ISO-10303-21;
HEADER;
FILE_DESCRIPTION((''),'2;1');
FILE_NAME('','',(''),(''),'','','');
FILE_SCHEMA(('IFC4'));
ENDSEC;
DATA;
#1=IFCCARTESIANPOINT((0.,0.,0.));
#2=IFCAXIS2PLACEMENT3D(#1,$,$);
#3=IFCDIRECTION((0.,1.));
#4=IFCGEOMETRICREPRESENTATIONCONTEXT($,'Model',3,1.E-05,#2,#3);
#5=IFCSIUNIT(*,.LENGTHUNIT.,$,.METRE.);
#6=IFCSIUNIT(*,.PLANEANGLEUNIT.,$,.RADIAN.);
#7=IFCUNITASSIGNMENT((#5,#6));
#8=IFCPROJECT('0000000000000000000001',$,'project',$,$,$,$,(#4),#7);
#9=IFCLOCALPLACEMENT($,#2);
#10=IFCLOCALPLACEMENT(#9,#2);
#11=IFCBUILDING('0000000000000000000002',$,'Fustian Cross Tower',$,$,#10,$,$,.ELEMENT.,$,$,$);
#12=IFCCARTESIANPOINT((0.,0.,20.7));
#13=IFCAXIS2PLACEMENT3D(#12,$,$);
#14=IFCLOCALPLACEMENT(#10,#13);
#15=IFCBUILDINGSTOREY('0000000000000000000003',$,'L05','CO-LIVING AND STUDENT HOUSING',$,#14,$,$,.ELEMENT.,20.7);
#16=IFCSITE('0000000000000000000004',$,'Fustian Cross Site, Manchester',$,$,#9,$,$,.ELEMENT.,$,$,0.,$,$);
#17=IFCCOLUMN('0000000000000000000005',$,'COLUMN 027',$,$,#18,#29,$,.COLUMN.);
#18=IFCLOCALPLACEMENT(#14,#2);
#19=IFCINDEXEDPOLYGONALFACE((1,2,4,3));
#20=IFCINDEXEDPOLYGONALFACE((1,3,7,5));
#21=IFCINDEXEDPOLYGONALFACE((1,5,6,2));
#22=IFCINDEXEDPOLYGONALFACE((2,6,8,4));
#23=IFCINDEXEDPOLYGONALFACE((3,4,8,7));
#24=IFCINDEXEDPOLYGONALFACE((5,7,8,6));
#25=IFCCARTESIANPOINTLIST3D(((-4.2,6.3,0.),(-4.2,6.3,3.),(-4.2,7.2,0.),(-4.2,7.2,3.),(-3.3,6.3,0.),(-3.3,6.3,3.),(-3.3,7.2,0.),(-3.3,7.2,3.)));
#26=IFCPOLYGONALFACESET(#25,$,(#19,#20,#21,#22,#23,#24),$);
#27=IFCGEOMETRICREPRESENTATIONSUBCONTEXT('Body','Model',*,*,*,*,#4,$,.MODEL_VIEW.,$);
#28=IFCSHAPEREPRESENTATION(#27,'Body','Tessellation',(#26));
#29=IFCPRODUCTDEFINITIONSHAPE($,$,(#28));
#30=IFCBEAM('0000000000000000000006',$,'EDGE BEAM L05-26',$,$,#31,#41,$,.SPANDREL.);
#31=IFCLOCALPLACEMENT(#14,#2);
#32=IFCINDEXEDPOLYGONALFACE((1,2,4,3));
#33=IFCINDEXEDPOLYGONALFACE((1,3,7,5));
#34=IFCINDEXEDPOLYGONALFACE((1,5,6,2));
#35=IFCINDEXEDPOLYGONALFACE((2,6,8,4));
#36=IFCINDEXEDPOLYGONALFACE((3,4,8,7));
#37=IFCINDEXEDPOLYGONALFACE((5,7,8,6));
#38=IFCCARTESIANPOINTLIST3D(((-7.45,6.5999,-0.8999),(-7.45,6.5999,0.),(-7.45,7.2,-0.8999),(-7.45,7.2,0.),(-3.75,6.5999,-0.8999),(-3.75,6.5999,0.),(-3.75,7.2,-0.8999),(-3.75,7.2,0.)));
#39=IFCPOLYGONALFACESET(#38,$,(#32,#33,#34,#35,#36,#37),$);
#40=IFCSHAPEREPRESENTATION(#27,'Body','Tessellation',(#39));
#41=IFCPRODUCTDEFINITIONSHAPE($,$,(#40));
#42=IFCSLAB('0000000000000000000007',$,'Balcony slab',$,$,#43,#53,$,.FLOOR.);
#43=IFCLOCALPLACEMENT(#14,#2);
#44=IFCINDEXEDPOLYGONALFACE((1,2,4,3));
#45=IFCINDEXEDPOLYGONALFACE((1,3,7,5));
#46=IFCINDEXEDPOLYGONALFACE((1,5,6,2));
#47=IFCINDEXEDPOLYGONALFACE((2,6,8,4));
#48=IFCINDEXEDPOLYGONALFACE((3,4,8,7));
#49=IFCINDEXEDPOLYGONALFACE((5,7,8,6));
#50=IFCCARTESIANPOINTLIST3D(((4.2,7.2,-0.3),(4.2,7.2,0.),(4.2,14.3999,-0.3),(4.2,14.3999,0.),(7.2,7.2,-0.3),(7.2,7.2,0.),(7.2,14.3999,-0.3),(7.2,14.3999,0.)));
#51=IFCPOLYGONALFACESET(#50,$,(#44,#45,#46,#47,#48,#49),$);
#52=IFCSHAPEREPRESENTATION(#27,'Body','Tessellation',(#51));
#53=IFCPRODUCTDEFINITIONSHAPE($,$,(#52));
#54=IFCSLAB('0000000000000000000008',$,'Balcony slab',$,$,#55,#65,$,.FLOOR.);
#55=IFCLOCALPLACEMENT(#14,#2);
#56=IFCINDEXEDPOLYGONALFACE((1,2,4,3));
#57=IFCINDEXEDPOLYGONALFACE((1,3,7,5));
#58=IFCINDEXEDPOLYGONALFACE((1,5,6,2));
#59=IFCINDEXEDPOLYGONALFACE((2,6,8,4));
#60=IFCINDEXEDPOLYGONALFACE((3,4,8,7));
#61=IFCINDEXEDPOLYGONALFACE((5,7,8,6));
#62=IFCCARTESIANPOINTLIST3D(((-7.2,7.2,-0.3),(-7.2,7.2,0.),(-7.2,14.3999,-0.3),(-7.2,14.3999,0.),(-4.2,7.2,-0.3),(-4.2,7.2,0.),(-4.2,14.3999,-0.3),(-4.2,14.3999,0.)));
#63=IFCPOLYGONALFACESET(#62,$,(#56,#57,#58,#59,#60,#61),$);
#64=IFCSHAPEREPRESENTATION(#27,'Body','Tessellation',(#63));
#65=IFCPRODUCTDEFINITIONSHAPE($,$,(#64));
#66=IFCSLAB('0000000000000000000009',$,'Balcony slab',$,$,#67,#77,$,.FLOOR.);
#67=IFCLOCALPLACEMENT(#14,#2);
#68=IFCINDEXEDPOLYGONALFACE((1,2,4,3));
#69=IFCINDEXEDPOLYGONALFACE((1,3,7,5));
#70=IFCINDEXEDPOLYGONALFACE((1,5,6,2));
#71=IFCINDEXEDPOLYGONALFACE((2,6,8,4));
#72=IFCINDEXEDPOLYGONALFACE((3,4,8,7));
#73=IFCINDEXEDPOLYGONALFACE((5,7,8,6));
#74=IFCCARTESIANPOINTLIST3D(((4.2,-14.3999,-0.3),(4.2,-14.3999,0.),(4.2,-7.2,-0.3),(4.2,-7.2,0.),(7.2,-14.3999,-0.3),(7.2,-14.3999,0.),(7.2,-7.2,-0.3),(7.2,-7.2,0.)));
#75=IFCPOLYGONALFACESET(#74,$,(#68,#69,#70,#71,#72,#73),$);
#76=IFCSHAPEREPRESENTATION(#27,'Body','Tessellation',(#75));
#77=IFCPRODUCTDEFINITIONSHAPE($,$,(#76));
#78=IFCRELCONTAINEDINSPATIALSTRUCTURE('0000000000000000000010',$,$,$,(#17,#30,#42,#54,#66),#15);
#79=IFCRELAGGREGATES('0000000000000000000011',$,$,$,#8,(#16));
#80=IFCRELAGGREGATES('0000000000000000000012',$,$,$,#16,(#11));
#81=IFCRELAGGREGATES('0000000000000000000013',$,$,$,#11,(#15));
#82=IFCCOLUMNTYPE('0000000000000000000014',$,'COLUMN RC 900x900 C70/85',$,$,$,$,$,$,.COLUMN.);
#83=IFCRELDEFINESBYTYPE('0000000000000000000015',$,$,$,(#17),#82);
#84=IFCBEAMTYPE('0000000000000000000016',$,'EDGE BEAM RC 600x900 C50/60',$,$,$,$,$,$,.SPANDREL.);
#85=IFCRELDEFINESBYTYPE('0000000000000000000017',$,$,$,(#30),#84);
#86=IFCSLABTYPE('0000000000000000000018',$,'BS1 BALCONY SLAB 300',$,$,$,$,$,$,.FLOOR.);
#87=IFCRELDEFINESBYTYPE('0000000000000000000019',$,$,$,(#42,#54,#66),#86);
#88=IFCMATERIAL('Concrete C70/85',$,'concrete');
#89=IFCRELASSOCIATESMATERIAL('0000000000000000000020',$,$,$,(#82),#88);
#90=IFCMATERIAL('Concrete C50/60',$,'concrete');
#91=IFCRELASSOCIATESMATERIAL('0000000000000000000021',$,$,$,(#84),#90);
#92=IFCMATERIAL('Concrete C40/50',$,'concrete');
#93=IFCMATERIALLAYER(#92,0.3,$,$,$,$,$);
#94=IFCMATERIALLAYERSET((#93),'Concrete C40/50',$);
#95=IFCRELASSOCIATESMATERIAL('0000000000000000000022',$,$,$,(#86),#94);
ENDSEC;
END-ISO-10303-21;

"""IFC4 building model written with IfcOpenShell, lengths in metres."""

from ifc_helpers import new_model, si_unit, direction, frame, origin, origin_2d, place, context, subcontext, project, spatial, polyline, rectangle, outline, extrude, material, layer, layer_set, material_profile, profile_set, type_object, element, save


model = new_model("IFC4")

# Units and contexts
model_context = context("Model", 3, precision=1e-05, world=origin(), true_north=direction((0.0, 1.0)))
body_context = subcontext(model_context, "Body", "Model", "MODEL_VIEW")
ifc_project = project(units=[si_unit("LENGTHUNIT", "METRE"), si_unit("PLANEANGLEUNIT", "RADIAN")], contexts=[model_context])

# Site, building, storey
site_placement = place(None, origin())
site = spatial("IfcSite", under=ifc_project, at=site_placement, Name="Fustian Cross Site, Manchester", CompositionType="ELEMENT", RefElevation=0.0)
building_placement = place(site_placement, origin())
building = spatial("IfcBuilding", under=site, at=building_placement, Name="Fustian Cross Tower", CompositionType="ELEMENT")
storey_placement = place(building_placement, frame((0.0, 0.0, 20.7)))
storey = spatial("IfcBuildingStorey", under=building, at=storey_placement, Name="L05", Description="CO-LIVING AND STUDENT HOUSING", CompositionType="ELEMENT", Elevation=20.7)

# Column
ifc_material_1 = material(Name="Concrete C70/85", Category="concrete")
ifc_material_profile_1 = material_profile(ifc_material_1, rectangle(XDim=0.8999, YDim=0.8999, at=origin_2d()), Name="RC 900x900")
ifc_profile_set_1 = profile_set([ifc_material_profile_1], Name="Concrete C70/85")
column_type = type_object("IfcColumnType", Name="COLUMN RC 900x900 C70/85", PredefinedType="COLUMN", material=ifc_profile_set_1)
column_placement = place(storey_placement, frame((-3.75, 6.75, 0.0), z_axis=(0.0, 0.0, 1.0), x_axis=(1.0, 0.0, 0.0)))
element("IfcColumn", 1, at=column_placement, inside=storey, type_object=column_type, Name="COLUMN 027", PredefinedType="COLUMN", context=body_context, shape_type="SweptSolid", body=[
    extrude(rectangle(XDim=0.8999, YDim=0.8999, at=origin_2d()), origin(), (0.0, 0.0, 1.0), 3.0),
])

# Beam
ifc_material_2 = material(Name="Concrete C50/60", Category="concrete")
ifc_material_profile_2 = material_profile(ifc_material_2, rectangle(XDim=0.6001, YDim=0.8999, at=origin_2d()), Name="RC 600x900")
ifc_profile_set_2 = profile_set([ifc_material_profile_2], Name="Concrete C50/60")
beam_type = type_object("IfcBeamType", Name="EDGE BEAM RC 600x900 C50/60", PredefinedType="SPANDREL", material=ifc_profile_set_2)
beam_placement = place(storey_placement, frame((-3.75, 6.8999, -0.45), z_axis=(-1.0, 0.0, 0.0), x_axis=(0.0, -1.0, 0.0)))
element("IfcBeam", 2, at=beam_placement, inside=storey, type_object=beam_type, Name="EDGE BEAM L05-26", PredefinedType="SPANDREL", context=body_context, shape_type="SweptSolid", body=[
    extrude(rectangle(XDim=0.6001, YDim=0.8999, at=origin_2d()), origin(), (0.0, 0.0, 1.0), 3.7),
])

# Slabs
ifc_material_3 = material(Name="Concrete C40/50", Category="concrete")
ifc_layer_1 = layer(ifc_material_3, 0.3)
ifc_layer_set_1 = layer_set([ifc_layer_1], Name="Concrete C40/50")
slab_type_1 = type_object("IfcSlabType", Name="BS1 BALCONY SLAB 300", PredefinedType="FLOOR", material=ifc_layer_set_1)
slab_1_placement = place(storey_placement, frame((0.0, 0.0, -0.3)))
element("IfcSlab", 3, at=slab_1_placement, inside=storey, type_object=slab_type_1, Name="Balcony slab", PredefinedType="FLOOR", context=body_context, shape_type="SweptSolid", body=[
    extrude(outline(polyline([(4.2, 7.2), (7.2, 7.2), (7.2, 14.3999), (4.2, 14.3999), (4.2, 7.2)])), origin(), (0.0, 0.0, 1.0), 0.3),
])
slab_2_placement = place(storey_placement, frame((0.0, 0.0, -0.3)))
element("IfcSlab", 4, at=slab_2_placement, inside=storey, type_object=slab_type_1, Name="Balcony slab", PredefinedType="FLOOR", context=body_context, shape_type="SweptSolid", body=[
    extrude(outline(polyline([(-7.2, 7.2), (-4.2, 7.2), (-4.2, 14.3999), (-7.2, 14.3999), (-7.2, 7.2)])), origin(), (0.0, 0.0, 1.0), 0.3),
])
slab_3_placement = place(storey_placement, frame((0.0, 0.0, -0.3)))
element("IfcSlab", 5, at=slab_3_placement, inside=storey, type_object=slab_type_1, Name="Balcony slab", PredefinedType="FLOOR", context=body_context, shape_type="SweptSolid", body=[
    extrude(outline(polyline([(4.2, -14.3999), (7.2, -14.3999), (7.2, -7.2), (4.2, -7.2), (4.2, -14.3999)])), origin(), (0.0, 0.0, 1.0), 0.3),
])

save(model, "model.ifc")
